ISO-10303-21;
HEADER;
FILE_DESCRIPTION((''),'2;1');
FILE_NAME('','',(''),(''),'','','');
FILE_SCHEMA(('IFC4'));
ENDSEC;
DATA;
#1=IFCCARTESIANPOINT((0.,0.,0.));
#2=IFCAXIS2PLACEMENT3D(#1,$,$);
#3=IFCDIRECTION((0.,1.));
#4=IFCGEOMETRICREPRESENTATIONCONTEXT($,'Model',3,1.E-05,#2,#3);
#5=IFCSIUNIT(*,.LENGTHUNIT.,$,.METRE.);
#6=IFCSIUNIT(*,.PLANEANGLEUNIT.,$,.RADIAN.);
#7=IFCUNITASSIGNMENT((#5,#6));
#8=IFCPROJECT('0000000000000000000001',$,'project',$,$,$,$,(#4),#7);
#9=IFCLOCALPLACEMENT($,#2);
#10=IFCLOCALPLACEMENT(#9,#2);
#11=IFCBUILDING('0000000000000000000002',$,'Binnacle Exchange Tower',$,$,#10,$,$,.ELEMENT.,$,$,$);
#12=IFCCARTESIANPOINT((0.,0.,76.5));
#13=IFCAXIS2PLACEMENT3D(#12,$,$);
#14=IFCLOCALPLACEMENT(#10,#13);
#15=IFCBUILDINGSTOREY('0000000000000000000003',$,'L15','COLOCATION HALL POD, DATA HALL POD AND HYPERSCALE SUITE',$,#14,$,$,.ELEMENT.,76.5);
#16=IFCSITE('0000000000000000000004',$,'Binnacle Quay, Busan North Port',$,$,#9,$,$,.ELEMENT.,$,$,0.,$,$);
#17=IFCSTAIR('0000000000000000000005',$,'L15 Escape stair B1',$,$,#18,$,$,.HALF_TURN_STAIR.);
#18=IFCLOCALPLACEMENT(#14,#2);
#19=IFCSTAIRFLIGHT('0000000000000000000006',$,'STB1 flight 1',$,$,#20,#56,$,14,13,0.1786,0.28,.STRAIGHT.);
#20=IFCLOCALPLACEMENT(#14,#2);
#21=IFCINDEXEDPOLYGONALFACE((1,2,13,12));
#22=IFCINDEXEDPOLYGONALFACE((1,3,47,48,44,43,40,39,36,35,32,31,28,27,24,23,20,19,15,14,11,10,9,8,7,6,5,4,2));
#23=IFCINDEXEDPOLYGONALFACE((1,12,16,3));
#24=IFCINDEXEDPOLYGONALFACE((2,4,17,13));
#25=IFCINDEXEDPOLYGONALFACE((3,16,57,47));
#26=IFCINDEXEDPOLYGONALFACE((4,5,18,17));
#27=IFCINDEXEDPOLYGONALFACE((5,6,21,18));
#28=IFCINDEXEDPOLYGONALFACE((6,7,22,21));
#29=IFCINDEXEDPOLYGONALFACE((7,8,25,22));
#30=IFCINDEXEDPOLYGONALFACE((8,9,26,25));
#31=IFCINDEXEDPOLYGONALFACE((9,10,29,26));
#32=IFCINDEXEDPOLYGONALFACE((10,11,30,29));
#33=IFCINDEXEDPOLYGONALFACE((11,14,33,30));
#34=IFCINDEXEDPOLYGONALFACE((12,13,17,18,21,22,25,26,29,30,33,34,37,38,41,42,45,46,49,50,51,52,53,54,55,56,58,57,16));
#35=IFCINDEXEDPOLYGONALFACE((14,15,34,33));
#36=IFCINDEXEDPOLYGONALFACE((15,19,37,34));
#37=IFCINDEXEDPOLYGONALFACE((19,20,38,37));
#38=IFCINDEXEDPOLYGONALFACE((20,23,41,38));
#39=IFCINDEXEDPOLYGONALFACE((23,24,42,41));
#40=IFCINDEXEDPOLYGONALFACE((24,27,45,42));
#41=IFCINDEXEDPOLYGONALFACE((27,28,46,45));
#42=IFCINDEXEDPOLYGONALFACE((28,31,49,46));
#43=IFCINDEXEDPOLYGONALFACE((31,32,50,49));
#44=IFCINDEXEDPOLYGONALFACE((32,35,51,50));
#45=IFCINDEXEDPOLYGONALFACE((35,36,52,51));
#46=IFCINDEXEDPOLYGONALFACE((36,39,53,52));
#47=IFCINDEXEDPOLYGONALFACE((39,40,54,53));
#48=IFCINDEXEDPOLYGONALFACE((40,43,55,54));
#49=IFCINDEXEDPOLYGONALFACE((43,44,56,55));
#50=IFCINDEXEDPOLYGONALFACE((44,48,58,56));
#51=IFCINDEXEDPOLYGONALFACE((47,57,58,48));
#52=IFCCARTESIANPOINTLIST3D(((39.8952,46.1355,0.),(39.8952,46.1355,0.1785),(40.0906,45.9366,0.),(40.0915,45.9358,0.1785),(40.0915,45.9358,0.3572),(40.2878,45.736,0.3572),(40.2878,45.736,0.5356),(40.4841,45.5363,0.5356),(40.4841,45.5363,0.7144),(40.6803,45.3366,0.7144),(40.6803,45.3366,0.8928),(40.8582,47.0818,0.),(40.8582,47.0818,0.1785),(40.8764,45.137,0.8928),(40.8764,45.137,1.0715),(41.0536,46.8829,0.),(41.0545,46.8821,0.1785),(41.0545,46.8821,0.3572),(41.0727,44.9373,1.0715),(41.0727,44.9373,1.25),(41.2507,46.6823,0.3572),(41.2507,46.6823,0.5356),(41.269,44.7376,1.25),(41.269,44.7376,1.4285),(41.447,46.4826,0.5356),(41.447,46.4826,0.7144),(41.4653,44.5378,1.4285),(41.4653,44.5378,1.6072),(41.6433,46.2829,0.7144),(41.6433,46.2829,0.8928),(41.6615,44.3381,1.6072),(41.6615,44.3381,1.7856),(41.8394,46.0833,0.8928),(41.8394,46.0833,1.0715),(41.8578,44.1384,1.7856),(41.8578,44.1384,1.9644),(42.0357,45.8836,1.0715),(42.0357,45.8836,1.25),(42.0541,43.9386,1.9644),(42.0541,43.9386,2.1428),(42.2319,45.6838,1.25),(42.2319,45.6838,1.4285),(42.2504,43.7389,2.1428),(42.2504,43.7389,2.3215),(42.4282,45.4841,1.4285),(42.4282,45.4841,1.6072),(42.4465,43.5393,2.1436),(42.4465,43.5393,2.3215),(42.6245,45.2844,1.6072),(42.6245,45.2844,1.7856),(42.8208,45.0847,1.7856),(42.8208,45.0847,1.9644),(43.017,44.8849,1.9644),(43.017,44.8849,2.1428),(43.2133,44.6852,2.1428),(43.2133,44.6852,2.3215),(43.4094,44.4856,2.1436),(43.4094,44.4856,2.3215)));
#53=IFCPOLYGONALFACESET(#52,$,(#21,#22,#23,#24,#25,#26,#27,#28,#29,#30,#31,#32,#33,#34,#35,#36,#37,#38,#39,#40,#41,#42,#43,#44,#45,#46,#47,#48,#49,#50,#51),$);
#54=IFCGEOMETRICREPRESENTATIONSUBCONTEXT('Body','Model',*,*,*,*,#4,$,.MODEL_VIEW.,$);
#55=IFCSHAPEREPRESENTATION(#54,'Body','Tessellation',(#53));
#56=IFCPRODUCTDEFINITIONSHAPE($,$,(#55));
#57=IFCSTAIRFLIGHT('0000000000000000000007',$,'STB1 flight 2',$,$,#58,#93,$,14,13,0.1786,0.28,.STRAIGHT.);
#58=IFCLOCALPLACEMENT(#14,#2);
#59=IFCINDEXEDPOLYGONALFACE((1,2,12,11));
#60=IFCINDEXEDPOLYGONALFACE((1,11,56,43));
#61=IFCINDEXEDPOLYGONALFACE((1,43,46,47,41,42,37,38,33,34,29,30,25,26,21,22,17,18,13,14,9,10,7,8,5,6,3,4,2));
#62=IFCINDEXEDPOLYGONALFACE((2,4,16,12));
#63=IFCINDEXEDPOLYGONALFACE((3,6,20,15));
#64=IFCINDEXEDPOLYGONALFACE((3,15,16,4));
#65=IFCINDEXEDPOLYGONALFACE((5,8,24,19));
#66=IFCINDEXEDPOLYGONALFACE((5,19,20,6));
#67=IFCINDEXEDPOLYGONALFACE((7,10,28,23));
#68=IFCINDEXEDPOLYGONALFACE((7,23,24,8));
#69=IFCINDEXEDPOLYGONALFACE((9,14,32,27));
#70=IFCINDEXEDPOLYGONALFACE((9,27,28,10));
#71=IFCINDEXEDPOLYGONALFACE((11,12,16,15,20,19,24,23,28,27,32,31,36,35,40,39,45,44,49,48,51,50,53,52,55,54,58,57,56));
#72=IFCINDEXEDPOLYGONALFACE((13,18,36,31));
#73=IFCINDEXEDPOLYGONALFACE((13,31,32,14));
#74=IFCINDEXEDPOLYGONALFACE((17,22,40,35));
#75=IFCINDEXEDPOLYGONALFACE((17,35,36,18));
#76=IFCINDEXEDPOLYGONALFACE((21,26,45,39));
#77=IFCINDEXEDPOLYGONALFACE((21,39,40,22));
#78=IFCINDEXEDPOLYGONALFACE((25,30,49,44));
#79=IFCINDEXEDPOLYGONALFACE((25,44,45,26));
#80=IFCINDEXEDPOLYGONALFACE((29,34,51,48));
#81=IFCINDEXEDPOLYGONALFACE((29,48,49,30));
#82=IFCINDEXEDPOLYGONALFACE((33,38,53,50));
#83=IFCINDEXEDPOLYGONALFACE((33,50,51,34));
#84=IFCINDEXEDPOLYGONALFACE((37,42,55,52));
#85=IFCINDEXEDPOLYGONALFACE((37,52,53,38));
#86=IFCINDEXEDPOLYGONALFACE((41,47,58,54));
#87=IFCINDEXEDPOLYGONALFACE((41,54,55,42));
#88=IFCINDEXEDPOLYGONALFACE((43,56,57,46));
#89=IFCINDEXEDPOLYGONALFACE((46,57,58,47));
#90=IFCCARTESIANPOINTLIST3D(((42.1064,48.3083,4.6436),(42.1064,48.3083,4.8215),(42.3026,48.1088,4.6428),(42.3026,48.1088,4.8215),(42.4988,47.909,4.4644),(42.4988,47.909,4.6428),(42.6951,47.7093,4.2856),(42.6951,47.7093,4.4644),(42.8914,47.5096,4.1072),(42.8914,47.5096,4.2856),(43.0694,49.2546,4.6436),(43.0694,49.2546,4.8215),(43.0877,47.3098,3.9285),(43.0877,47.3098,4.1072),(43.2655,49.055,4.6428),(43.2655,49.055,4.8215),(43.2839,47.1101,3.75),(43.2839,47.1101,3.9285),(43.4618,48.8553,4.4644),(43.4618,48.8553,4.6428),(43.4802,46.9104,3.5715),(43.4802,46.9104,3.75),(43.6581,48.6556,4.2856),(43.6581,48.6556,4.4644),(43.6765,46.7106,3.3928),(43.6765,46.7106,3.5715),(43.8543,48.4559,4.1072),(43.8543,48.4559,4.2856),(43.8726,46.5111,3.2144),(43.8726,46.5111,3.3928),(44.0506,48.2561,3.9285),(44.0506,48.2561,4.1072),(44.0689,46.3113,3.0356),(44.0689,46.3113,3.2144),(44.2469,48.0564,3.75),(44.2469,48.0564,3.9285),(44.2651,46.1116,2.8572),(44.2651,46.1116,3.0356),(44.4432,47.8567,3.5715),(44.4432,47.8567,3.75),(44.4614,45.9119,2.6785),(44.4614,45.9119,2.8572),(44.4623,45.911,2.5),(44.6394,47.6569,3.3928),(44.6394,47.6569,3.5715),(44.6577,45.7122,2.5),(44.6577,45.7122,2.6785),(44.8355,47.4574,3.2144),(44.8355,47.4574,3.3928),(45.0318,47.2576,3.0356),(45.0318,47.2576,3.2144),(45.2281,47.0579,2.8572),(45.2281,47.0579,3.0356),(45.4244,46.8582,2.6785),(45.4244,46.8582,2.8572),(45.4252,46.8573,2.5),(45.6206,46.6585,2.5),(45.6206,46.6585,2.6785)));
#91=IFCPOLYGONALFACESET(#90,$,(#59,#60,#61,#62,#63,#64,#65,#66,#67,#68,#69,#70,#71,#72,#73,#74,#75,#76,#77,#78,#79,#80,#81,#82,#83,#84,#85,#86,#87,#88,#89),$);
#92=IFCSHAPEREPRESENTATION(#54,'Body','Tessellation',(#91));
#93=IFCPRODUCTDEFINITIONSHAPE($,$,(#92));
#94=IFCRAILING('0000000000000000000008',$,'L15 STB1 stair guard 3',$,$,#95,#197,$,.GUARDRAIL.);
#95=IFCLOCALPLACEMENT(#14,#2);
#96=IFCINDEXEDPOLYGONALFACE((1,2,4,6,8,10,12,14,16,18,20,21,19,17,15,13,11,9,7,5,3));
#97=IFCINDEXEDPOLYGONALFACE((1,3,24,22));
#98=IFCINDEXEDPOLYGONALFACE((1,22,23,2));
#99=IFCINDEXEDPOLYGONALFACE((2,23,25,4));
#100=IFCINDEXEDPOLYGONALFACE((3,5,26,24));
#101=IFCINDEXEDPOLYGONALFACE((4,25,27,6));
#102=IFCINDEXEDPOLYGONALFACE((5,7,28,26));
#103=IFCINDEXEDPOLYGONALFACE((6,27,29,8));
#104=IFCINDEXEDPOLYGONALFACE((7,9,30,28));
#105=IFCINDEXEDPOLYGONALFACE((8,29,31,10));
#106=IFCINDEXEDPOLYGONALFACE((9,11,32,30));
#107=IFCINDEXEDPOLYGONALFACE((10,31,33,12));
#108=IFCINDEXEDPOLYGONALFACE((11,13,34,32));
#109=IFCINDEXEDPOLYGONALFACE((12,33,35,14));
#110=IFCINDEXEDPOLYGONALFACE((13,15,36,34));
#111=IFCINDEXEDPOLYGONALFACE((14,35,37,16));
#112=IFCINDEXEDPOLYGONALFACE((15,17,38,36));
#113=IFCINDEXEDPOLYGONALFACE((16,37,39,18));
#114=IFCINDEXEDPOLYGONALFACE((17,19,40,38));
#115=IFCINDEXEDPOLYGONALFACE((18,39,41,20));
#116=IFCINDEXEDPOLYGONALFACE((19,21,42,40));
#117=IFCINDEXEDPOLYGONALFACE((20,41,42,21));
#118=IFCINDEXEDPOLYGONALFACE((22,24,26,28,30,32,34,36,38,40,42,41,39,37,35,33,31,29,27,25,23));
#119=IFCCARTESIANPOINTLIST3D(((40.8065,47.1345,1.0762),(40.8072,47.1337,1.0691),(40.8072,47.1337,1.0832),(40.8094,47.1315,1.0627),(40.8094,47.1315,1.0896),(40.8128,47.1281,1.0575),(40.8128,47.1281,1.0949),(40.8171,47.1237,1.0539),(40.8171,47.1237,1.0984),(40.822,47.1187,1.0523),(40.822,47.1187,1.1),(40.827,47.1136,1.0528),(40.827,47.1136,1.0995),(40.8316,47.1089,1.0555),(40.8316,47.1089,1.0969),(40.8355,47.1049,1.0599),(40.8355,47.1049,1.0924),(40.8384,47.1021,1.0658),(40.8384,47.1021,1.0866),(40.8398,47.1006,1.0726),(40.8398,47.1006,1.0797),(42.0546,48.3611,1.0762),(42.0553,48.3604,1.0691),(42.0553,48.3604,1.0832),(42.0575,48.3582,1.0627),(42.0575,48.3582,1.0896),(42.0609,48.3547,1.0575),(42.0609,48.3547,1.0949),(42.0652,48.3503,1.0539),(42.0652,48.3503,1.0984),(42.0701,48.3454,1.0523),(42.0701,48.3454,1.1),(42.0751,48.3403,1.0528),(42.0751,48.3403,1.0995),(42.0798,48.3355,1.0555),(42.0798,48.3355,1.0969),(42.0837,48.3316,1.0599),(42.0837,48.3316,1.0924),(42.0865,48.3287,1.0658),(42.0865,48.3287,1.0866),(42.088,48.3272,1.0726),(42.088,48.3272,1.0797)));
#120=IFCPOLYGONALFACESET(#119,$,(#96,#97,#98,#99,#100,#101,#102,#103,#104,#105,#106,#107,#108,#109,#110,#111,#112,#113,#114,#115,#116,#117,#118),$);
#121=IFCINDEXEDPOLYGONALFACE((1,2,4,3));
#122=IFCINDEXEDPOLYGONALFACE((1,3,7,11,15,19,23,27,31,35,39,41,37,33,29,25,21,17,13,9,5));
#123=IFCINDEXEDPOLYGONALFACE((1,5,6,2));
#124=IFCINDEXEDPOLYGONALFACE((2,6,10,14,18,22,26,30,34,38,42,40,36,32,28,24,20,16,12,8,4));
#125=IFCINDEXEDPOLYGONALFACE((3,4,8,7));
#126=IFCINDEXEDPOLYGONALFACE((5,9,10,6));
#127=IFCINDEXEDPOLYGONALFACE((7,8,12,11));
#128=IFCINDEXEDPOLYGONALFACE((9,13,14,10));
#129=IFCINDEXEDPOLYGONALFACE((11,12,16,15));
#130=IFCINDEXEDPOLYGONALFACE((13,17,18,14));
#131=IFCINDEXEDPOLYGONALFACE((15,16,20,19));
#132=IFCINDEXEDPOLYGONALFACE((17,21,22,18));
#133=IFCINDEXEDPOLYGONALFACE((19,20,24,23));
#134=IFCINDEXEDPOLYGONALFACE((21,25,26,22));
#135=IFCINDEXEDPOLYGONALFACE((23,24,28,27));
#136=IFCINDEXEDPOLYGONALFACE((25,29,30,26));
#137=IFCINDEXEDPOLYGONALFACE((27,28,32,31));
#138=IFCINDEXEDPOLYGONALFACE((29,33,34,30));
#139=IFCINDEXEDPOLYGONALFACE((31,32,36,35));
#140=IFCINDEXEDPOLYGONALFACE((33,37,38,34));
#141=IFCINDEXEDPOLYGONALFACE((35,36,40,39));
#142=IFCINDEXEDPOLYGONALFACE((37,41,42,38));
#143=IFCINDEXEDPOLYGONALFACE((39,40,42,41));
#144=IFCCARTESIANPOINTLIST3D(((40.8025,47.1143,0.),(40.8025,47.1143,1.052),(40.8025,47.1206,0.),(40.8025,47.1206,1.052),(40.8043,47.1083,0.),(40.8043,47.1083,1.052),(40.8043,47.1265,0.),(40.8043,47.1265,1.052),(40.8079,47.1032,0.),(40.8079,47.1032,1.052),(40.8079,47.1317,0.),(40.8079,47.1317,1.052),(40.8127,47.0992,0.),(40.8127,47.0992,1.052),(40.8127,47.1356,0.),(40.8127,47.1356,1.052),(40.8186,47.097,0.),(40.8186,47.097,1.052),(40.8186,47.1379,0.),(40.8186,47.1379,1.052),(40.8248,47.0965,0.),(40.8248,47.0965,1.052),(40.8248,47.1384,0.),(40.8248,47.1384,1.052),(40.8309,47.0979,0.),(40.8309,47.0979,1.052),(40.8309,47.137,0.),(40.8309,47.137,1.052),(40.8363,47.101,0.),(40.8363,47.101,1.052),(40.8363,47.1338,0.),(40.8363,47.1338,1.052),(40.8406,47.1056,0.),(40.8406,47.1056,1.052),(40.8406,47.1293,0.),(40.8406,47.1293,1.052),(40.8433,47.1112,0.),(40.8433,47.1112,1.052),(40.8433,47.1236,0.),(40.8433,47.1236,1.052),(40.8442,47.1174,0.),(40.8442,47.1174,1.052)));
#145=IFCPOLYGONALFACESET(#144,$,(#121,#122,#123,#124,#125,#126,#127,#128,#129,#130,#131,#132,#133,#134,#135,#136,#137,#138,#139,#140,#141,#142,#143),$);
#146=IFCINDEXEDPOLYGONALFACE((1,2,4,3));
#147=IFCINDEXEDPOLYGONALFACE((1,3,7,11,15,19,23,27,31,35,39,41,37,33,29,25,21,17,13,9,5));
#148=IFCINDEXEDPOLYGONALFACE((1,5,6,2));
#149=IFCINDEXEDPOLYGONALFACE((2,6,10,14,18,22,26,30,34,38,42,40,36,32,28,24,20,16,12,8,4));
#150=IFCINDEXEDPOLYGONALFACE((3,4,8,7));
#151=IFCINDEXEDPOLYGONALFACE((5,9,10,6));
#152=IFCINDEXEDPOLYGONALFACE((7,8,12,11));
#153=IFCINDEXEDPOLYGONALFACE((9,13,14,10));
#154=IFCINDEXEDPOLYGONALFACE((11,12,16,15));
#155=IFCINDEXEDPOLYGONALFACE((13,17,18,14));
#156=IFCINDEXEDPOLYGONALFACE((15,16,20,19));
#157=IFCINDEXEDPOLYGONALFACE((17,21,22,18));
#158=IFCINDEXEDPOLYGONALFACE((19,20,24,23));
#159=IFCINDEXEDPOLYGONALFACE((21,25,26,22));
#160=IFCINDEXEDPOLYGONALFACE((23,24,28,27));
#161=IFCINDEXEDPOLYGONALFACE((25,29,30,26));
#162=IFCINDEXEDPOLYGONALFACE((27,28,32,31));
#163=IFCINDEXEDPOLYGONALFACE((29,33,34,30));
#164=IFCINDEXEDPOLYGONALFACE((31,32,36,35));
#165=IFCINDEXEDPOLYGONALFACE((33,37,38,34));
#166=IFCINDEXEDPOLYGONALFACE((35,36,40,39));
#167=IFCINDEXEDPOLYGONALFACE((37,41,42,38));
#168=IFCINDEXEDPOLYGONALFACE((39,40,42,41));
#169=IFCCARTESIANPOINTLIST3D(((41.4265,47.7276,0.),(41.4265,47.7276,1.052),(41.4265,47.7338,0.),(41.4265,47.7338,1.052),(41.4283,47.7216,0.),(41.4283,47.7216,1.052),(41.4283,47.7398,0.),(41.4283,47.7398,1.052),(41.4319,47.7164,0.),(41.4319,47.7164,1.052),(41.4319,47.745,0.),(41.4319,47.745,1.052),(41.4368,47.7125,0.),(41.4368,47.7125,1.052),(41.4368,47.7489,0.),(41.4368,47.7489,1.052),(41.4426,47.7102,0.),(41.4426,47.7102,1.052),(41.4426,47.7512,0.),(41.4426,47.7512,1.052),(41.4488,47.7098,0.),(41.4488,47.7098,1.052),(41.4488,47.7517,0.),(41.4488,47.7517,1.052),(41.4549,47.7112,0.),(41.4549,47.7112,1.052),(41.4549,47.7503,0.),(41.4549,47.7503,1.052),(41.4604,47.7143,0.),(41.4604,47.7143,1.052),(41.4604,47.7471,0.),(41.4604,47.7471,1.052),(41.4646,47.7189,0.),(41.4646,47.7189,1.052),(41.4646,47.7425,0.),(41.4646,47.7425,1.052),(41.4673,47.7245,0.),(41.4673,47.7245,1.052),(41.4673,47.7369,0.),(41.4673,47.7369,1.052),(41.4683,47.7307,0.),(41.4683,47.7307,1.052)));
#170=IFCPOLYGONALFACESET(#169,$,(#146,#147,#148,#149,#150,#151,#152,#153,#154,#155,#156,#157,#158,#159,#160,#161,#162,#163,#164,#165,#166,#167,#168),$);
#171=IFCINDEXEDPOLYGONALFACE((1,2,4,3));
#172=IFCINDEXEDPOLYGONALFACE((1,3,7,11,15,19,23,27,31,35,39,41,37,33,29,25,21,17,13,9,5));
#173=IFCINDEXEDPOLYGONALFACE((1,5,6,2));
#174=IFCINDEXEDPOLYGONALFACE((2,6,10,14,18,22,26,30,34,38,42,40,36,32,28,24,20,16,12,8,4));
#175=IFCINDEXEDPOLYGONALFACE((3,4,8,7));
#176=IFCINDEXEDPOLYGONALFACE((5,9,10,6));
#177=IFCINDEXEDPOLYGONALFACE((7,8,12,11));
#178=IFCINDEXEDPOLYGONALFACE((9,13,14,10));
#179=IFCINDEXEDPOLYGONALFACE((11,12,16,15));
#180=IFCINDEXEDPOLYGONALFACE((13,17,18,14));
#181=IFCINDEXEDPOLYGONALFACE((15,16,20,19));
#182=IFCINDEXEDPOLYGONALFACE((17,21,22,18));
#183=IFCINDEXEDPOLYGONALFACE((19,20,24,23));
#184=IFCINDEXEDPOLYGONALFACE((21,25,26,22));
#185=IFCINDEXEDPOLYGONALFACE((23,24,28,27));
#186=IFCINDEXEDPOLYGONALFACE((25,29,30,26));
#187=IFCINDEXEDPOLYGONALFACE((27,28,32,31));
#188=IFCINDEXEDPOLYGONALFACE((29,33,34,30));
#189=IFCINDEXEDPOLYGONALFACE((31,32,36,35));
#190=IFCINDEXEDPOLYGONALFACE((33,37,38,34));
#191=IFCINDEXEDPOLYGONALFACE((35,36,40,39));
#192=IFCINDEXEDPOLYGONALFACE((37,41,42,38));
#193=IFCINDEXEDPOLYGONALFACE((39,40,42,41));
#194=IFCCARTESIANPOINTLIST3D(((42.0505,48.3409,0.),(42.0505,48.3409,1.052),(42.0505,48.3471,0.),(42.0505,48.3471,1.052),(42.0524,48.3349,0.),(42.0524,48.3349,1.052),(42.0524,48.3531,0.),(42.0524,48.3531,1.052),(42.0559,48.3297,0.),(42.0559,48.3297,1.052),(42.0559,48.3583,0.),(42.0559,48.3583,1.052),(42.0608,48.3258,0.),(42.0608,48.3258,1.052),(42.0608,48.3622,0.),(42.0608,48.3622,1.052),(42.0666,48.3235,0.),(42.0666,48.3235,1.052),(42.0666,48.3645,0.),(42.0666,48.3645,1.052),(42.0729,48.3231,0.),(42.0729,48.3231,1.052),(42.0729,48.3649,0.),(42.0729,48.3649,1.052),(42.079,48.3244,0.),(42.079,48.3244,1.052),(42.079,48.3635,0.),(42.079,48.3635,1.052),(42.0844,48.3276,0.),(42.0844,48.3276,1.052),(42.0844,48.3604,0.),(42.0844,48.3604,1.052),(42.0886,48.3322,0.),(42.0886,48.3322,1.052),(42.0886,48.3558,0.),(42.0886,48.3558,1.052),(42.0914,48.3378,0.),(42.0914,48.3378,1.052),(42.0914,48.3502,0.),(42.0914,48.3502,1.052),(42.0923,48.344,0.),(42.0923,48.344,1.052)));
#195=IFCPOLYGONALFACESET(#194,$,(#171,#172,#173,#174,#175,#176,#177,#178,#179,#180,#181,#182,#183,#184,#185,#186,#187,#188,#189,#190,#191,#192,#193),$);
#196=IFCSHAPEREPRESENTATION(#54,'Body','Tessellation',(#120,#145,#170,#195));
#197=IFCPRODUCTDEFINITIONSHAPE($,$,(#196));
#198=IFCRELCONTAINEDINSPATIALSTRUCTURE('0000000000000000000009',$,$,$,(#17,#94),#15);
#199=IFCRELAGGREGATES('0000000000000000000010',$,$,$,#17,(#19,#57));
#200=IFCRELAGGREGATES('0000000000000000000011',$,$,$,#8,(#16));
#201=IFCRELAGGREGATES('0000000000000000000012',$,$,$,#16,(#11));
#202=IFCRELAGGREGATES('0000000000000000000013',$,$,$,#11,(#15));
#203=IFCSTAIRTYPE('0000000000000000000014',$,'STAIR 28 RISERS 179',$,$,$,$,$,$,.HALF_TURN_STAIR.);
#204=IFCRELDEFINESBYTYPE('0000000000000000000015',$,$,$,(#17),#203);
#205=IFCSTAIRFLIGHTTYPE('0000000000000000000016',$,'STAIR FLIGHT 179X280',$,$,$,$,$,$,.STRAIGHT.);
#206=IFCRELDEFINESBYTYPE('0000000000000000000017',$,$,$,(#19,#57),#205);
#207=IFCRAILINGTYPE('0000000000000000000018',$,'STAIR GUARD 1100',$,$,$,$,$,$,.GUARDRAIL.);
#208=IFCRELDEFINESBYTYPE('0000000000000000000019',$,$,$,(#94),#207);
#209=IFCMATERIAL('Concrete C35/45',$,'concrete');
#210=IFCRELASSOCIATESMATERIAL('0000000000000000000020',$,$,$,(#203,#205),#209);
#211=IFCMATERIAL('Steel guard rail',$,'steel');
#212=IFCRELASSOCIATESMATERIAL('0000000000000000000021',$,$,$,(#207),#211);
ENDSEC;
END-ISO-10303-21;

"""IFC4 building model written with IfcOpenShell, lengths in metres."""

from ifc_helpers import new_model, si_unit, direction, frame, origin, origin_2d, place, context, subcontext, project, spatial, polyline, circle, outline, extrude, material, type_object, element, aggregate, save


model = new_model("IFC4")

# Units and contexts
model_context = context("Model", 3, precision=1e-05, world=origin(), true_north=direction((0.0, 1.0)))
body_context = subcontext(model_context, "Body", "Model", "MODEL_VIEW")
ifc_project = project(units=[si_unit("LENGTHUNIT", "METRE"), si_unit("PLANEANGLEUNIT", "RADIAN")], contexts=[model_context])

# Site, building, storey
site_placement = place(None, origin())
site = spatial("IfcSite", under=ifc_project, at=site_placement, Name="Binnacle Quay, Busan North Port", CompositionType="ELEMENT", RefElevation=0.0)
building_placement = place(site_placement, origin())
building = spatial("IfcBuilding", under=site, at=building_placement, Name="Binnacle Exchange Tower", CompositionType="ELEMENT")
storey_placement = place(building_placement, frame((0.0, 0.0, 76.5)))
storey = spatial("IfcBuildingStorey", under=building, at=storey_placement, Name="L15", Description="COLOCATION HALL POD, DATA HALL POD AND HYPERSCALE SUITE", CompositionType="ELEMENT", Elevation=76.5)

# Stair, stair flights
ifc_material_1 = material(Name="Concrete C35/45", Category="concrete")
stair_type = type_object("IfcStairType", Name="STAIR 28 RISERS 179", PredefinedType="HALF_TURN_STAIR", material=ifc_material_1)
stair_placement = place(storey_placement, origin())
stair = element("IfcStair", 1, at=stair_placement, inside=storey, type_object=stair_type, Name="L15 Escape stair B1", PredefinedType="HALF_TURN_STAIR")
stair_flight_type = type_object("IfcStairFlightType", Name="STAIR FLIGHT 179X280", PredefinedType="STRAIGHT", material=ifc_material_1)
stair_flight_1_placement = place(storey_placement, frame((40.3767, 46.6086, 0.0), z_axis=(0.0, 0.0, 1.0), x_axis=(0.700909, -0.71325, 0.0)))
stair_flight_1 = element("IfcStairFlight", 2, at=stair_flight_1_placement, type_object=stair_flight_type, Name="STB1 flight 1", NumberOfRisers=14, NumberOfTreads=13, PredefinedType="STRAIGHT", RiserHeight=0.1786, TreadLength=0.28, context=body_context, shape_type="SweptSolid", body=[
    extrude(outline(polyline([(0.0, 0.0), (0.0, 0.1785), (0.28, 0.1785), (0.28, 0.3572), (0.5601, 0.3572), (0.5601, 0.5356), (0.8401, 0.5356), (0.8401, 0.7144), (1.1201, 0.7144), (1.1201, 0.8928), (1.3999, 0.8928), (1.3999, 1.0715), (1.6799, 1.0715), (1.6799, 1.25), (1.96, 1.25), (1.96, 1.4285), (2.24, 1.4285), (2.24, 1.6072), (2.52, 1.6072), (2.52, 1.7856), (2.8, 1.7856), (2.8, 1.9644), (3.0801, 1.9644), (3.0801, 2.1428), (3.3601, 2.1428), (3.3601, 2.3215), (3.6399, 2.3215), (3.6399, 2.5), (3.6399, 2.1436), (0.2788, 0.0), (0.0, 0.0)])), frame((0.0, 0.675, 0.0), z_axis=(0.0, -1.0, 0.0), x_axis=(1.0, 0.0, 0.0)), (0.0, 0.0, 1.0), 1.3501),
])
stair_flight_2_placement = place(storey_placement, frame((45.1392, 46.1853, 2.5), z_axis=(0.0, 0.0, 1.0), x_axis=(-0.700909, 0.71325, 0.0)))
stair_flight_2 = element("IfcStairFlight", 3, at=stair_flight_2_placement, type_object=stair_flight_type, Name="STB1 flight 2", NumberOfRisers=14, NumberOfTreads=13, PredefinedType="STRAIGHT", RiserHeight=0.1786, TreadLength=0.28, context=body_context, shape_type="SweptSolid", body=[
    extrude(outline(polyline([(0.0, 0.0), (0.0, 0.1785), (0.28, 0.1785), (0.28, 0.3572), (0.5601, 0.3572), (0.5601, 0.5356), (0.8401, 0.5356), (0.8401, 0.7144), (1.1201, 0.7144), (1.1201, 0.8928), (1.3999, 0.8928), (1.3999, 1.0715), (1.6799, 1.0715), (1.6799, 1.25), (1.96, 1.25), (1.96, 1.4285), (2.24, 1.4285), (2.24, 1.6072), (2.52, 1.6072), (2.52, 1.7856), (2.8, 1.7856), (2.8, 1.9644), (3.0801, 1.9644), (3.0801, 2.1428), (3.3601, 2.1428), (3.3601, 2.3215), (3.6399, 2.3215), (3.6399, 2.5), (3.6399, 2.1436), (0.2788, 0.0), (0.0, 0.0)])), frame((0.0, 0.675, 0.0), z_axis=(0.0, -1.0, 0.0), x_axis=(1.0, 0.0, 0.0)), (0.0, 0.0, 1.0), 1.3501),
])
aggregate(stair, [stair_flight_1, stair_flight_2])

# Railing
ifc_material_2 = material(Name="Steel guard rail", Category="steel")
railing_type_1 = type_object("IfcRailingType", Name="STAIR GUARD 1100", PredefinedType="GUARDRAIL", material=ifc_material_2)
railing_1_placement = place(storey_placement, frame((40.8232, 47.1174, 0.0)))
element("IfcRailing", 4, at=railing_1_placement, inside=storey, type_object=railing_type_1, Name="L15 STB1 stair guard 3", PredefinedType="GUARDRAIL", context=body_context, shape_type="SweptSolid", body=[
    extrude(circle(Radius=0.0239, at=origin_2d()), frame((0.0, 0.0, 1.0762), z_axis=(0.713219, 0.700941, 0.0), x_axis=(-0.700941, 0.713219, 0.0)), (0.0, 0.0, 1.0), 1.75),
    extrude(circle(Radius=0.021, at=origin_2d()), origin(), (0.0, 0.0, 1.0), 1.052),
    extrude(circle(Radius=0.021, at=origin_2d()), frame((0.624, 0.6133, 0.0)), (0.0, 0.0, 1.0), 1.052),
    extrude(circle(Radius=0.021, at=origin_2d()), frame((1.248, 1.2266, 0.0)), (0.0, 0.0, 1.0), 1.052),
])

save(model, "model.ifc")
